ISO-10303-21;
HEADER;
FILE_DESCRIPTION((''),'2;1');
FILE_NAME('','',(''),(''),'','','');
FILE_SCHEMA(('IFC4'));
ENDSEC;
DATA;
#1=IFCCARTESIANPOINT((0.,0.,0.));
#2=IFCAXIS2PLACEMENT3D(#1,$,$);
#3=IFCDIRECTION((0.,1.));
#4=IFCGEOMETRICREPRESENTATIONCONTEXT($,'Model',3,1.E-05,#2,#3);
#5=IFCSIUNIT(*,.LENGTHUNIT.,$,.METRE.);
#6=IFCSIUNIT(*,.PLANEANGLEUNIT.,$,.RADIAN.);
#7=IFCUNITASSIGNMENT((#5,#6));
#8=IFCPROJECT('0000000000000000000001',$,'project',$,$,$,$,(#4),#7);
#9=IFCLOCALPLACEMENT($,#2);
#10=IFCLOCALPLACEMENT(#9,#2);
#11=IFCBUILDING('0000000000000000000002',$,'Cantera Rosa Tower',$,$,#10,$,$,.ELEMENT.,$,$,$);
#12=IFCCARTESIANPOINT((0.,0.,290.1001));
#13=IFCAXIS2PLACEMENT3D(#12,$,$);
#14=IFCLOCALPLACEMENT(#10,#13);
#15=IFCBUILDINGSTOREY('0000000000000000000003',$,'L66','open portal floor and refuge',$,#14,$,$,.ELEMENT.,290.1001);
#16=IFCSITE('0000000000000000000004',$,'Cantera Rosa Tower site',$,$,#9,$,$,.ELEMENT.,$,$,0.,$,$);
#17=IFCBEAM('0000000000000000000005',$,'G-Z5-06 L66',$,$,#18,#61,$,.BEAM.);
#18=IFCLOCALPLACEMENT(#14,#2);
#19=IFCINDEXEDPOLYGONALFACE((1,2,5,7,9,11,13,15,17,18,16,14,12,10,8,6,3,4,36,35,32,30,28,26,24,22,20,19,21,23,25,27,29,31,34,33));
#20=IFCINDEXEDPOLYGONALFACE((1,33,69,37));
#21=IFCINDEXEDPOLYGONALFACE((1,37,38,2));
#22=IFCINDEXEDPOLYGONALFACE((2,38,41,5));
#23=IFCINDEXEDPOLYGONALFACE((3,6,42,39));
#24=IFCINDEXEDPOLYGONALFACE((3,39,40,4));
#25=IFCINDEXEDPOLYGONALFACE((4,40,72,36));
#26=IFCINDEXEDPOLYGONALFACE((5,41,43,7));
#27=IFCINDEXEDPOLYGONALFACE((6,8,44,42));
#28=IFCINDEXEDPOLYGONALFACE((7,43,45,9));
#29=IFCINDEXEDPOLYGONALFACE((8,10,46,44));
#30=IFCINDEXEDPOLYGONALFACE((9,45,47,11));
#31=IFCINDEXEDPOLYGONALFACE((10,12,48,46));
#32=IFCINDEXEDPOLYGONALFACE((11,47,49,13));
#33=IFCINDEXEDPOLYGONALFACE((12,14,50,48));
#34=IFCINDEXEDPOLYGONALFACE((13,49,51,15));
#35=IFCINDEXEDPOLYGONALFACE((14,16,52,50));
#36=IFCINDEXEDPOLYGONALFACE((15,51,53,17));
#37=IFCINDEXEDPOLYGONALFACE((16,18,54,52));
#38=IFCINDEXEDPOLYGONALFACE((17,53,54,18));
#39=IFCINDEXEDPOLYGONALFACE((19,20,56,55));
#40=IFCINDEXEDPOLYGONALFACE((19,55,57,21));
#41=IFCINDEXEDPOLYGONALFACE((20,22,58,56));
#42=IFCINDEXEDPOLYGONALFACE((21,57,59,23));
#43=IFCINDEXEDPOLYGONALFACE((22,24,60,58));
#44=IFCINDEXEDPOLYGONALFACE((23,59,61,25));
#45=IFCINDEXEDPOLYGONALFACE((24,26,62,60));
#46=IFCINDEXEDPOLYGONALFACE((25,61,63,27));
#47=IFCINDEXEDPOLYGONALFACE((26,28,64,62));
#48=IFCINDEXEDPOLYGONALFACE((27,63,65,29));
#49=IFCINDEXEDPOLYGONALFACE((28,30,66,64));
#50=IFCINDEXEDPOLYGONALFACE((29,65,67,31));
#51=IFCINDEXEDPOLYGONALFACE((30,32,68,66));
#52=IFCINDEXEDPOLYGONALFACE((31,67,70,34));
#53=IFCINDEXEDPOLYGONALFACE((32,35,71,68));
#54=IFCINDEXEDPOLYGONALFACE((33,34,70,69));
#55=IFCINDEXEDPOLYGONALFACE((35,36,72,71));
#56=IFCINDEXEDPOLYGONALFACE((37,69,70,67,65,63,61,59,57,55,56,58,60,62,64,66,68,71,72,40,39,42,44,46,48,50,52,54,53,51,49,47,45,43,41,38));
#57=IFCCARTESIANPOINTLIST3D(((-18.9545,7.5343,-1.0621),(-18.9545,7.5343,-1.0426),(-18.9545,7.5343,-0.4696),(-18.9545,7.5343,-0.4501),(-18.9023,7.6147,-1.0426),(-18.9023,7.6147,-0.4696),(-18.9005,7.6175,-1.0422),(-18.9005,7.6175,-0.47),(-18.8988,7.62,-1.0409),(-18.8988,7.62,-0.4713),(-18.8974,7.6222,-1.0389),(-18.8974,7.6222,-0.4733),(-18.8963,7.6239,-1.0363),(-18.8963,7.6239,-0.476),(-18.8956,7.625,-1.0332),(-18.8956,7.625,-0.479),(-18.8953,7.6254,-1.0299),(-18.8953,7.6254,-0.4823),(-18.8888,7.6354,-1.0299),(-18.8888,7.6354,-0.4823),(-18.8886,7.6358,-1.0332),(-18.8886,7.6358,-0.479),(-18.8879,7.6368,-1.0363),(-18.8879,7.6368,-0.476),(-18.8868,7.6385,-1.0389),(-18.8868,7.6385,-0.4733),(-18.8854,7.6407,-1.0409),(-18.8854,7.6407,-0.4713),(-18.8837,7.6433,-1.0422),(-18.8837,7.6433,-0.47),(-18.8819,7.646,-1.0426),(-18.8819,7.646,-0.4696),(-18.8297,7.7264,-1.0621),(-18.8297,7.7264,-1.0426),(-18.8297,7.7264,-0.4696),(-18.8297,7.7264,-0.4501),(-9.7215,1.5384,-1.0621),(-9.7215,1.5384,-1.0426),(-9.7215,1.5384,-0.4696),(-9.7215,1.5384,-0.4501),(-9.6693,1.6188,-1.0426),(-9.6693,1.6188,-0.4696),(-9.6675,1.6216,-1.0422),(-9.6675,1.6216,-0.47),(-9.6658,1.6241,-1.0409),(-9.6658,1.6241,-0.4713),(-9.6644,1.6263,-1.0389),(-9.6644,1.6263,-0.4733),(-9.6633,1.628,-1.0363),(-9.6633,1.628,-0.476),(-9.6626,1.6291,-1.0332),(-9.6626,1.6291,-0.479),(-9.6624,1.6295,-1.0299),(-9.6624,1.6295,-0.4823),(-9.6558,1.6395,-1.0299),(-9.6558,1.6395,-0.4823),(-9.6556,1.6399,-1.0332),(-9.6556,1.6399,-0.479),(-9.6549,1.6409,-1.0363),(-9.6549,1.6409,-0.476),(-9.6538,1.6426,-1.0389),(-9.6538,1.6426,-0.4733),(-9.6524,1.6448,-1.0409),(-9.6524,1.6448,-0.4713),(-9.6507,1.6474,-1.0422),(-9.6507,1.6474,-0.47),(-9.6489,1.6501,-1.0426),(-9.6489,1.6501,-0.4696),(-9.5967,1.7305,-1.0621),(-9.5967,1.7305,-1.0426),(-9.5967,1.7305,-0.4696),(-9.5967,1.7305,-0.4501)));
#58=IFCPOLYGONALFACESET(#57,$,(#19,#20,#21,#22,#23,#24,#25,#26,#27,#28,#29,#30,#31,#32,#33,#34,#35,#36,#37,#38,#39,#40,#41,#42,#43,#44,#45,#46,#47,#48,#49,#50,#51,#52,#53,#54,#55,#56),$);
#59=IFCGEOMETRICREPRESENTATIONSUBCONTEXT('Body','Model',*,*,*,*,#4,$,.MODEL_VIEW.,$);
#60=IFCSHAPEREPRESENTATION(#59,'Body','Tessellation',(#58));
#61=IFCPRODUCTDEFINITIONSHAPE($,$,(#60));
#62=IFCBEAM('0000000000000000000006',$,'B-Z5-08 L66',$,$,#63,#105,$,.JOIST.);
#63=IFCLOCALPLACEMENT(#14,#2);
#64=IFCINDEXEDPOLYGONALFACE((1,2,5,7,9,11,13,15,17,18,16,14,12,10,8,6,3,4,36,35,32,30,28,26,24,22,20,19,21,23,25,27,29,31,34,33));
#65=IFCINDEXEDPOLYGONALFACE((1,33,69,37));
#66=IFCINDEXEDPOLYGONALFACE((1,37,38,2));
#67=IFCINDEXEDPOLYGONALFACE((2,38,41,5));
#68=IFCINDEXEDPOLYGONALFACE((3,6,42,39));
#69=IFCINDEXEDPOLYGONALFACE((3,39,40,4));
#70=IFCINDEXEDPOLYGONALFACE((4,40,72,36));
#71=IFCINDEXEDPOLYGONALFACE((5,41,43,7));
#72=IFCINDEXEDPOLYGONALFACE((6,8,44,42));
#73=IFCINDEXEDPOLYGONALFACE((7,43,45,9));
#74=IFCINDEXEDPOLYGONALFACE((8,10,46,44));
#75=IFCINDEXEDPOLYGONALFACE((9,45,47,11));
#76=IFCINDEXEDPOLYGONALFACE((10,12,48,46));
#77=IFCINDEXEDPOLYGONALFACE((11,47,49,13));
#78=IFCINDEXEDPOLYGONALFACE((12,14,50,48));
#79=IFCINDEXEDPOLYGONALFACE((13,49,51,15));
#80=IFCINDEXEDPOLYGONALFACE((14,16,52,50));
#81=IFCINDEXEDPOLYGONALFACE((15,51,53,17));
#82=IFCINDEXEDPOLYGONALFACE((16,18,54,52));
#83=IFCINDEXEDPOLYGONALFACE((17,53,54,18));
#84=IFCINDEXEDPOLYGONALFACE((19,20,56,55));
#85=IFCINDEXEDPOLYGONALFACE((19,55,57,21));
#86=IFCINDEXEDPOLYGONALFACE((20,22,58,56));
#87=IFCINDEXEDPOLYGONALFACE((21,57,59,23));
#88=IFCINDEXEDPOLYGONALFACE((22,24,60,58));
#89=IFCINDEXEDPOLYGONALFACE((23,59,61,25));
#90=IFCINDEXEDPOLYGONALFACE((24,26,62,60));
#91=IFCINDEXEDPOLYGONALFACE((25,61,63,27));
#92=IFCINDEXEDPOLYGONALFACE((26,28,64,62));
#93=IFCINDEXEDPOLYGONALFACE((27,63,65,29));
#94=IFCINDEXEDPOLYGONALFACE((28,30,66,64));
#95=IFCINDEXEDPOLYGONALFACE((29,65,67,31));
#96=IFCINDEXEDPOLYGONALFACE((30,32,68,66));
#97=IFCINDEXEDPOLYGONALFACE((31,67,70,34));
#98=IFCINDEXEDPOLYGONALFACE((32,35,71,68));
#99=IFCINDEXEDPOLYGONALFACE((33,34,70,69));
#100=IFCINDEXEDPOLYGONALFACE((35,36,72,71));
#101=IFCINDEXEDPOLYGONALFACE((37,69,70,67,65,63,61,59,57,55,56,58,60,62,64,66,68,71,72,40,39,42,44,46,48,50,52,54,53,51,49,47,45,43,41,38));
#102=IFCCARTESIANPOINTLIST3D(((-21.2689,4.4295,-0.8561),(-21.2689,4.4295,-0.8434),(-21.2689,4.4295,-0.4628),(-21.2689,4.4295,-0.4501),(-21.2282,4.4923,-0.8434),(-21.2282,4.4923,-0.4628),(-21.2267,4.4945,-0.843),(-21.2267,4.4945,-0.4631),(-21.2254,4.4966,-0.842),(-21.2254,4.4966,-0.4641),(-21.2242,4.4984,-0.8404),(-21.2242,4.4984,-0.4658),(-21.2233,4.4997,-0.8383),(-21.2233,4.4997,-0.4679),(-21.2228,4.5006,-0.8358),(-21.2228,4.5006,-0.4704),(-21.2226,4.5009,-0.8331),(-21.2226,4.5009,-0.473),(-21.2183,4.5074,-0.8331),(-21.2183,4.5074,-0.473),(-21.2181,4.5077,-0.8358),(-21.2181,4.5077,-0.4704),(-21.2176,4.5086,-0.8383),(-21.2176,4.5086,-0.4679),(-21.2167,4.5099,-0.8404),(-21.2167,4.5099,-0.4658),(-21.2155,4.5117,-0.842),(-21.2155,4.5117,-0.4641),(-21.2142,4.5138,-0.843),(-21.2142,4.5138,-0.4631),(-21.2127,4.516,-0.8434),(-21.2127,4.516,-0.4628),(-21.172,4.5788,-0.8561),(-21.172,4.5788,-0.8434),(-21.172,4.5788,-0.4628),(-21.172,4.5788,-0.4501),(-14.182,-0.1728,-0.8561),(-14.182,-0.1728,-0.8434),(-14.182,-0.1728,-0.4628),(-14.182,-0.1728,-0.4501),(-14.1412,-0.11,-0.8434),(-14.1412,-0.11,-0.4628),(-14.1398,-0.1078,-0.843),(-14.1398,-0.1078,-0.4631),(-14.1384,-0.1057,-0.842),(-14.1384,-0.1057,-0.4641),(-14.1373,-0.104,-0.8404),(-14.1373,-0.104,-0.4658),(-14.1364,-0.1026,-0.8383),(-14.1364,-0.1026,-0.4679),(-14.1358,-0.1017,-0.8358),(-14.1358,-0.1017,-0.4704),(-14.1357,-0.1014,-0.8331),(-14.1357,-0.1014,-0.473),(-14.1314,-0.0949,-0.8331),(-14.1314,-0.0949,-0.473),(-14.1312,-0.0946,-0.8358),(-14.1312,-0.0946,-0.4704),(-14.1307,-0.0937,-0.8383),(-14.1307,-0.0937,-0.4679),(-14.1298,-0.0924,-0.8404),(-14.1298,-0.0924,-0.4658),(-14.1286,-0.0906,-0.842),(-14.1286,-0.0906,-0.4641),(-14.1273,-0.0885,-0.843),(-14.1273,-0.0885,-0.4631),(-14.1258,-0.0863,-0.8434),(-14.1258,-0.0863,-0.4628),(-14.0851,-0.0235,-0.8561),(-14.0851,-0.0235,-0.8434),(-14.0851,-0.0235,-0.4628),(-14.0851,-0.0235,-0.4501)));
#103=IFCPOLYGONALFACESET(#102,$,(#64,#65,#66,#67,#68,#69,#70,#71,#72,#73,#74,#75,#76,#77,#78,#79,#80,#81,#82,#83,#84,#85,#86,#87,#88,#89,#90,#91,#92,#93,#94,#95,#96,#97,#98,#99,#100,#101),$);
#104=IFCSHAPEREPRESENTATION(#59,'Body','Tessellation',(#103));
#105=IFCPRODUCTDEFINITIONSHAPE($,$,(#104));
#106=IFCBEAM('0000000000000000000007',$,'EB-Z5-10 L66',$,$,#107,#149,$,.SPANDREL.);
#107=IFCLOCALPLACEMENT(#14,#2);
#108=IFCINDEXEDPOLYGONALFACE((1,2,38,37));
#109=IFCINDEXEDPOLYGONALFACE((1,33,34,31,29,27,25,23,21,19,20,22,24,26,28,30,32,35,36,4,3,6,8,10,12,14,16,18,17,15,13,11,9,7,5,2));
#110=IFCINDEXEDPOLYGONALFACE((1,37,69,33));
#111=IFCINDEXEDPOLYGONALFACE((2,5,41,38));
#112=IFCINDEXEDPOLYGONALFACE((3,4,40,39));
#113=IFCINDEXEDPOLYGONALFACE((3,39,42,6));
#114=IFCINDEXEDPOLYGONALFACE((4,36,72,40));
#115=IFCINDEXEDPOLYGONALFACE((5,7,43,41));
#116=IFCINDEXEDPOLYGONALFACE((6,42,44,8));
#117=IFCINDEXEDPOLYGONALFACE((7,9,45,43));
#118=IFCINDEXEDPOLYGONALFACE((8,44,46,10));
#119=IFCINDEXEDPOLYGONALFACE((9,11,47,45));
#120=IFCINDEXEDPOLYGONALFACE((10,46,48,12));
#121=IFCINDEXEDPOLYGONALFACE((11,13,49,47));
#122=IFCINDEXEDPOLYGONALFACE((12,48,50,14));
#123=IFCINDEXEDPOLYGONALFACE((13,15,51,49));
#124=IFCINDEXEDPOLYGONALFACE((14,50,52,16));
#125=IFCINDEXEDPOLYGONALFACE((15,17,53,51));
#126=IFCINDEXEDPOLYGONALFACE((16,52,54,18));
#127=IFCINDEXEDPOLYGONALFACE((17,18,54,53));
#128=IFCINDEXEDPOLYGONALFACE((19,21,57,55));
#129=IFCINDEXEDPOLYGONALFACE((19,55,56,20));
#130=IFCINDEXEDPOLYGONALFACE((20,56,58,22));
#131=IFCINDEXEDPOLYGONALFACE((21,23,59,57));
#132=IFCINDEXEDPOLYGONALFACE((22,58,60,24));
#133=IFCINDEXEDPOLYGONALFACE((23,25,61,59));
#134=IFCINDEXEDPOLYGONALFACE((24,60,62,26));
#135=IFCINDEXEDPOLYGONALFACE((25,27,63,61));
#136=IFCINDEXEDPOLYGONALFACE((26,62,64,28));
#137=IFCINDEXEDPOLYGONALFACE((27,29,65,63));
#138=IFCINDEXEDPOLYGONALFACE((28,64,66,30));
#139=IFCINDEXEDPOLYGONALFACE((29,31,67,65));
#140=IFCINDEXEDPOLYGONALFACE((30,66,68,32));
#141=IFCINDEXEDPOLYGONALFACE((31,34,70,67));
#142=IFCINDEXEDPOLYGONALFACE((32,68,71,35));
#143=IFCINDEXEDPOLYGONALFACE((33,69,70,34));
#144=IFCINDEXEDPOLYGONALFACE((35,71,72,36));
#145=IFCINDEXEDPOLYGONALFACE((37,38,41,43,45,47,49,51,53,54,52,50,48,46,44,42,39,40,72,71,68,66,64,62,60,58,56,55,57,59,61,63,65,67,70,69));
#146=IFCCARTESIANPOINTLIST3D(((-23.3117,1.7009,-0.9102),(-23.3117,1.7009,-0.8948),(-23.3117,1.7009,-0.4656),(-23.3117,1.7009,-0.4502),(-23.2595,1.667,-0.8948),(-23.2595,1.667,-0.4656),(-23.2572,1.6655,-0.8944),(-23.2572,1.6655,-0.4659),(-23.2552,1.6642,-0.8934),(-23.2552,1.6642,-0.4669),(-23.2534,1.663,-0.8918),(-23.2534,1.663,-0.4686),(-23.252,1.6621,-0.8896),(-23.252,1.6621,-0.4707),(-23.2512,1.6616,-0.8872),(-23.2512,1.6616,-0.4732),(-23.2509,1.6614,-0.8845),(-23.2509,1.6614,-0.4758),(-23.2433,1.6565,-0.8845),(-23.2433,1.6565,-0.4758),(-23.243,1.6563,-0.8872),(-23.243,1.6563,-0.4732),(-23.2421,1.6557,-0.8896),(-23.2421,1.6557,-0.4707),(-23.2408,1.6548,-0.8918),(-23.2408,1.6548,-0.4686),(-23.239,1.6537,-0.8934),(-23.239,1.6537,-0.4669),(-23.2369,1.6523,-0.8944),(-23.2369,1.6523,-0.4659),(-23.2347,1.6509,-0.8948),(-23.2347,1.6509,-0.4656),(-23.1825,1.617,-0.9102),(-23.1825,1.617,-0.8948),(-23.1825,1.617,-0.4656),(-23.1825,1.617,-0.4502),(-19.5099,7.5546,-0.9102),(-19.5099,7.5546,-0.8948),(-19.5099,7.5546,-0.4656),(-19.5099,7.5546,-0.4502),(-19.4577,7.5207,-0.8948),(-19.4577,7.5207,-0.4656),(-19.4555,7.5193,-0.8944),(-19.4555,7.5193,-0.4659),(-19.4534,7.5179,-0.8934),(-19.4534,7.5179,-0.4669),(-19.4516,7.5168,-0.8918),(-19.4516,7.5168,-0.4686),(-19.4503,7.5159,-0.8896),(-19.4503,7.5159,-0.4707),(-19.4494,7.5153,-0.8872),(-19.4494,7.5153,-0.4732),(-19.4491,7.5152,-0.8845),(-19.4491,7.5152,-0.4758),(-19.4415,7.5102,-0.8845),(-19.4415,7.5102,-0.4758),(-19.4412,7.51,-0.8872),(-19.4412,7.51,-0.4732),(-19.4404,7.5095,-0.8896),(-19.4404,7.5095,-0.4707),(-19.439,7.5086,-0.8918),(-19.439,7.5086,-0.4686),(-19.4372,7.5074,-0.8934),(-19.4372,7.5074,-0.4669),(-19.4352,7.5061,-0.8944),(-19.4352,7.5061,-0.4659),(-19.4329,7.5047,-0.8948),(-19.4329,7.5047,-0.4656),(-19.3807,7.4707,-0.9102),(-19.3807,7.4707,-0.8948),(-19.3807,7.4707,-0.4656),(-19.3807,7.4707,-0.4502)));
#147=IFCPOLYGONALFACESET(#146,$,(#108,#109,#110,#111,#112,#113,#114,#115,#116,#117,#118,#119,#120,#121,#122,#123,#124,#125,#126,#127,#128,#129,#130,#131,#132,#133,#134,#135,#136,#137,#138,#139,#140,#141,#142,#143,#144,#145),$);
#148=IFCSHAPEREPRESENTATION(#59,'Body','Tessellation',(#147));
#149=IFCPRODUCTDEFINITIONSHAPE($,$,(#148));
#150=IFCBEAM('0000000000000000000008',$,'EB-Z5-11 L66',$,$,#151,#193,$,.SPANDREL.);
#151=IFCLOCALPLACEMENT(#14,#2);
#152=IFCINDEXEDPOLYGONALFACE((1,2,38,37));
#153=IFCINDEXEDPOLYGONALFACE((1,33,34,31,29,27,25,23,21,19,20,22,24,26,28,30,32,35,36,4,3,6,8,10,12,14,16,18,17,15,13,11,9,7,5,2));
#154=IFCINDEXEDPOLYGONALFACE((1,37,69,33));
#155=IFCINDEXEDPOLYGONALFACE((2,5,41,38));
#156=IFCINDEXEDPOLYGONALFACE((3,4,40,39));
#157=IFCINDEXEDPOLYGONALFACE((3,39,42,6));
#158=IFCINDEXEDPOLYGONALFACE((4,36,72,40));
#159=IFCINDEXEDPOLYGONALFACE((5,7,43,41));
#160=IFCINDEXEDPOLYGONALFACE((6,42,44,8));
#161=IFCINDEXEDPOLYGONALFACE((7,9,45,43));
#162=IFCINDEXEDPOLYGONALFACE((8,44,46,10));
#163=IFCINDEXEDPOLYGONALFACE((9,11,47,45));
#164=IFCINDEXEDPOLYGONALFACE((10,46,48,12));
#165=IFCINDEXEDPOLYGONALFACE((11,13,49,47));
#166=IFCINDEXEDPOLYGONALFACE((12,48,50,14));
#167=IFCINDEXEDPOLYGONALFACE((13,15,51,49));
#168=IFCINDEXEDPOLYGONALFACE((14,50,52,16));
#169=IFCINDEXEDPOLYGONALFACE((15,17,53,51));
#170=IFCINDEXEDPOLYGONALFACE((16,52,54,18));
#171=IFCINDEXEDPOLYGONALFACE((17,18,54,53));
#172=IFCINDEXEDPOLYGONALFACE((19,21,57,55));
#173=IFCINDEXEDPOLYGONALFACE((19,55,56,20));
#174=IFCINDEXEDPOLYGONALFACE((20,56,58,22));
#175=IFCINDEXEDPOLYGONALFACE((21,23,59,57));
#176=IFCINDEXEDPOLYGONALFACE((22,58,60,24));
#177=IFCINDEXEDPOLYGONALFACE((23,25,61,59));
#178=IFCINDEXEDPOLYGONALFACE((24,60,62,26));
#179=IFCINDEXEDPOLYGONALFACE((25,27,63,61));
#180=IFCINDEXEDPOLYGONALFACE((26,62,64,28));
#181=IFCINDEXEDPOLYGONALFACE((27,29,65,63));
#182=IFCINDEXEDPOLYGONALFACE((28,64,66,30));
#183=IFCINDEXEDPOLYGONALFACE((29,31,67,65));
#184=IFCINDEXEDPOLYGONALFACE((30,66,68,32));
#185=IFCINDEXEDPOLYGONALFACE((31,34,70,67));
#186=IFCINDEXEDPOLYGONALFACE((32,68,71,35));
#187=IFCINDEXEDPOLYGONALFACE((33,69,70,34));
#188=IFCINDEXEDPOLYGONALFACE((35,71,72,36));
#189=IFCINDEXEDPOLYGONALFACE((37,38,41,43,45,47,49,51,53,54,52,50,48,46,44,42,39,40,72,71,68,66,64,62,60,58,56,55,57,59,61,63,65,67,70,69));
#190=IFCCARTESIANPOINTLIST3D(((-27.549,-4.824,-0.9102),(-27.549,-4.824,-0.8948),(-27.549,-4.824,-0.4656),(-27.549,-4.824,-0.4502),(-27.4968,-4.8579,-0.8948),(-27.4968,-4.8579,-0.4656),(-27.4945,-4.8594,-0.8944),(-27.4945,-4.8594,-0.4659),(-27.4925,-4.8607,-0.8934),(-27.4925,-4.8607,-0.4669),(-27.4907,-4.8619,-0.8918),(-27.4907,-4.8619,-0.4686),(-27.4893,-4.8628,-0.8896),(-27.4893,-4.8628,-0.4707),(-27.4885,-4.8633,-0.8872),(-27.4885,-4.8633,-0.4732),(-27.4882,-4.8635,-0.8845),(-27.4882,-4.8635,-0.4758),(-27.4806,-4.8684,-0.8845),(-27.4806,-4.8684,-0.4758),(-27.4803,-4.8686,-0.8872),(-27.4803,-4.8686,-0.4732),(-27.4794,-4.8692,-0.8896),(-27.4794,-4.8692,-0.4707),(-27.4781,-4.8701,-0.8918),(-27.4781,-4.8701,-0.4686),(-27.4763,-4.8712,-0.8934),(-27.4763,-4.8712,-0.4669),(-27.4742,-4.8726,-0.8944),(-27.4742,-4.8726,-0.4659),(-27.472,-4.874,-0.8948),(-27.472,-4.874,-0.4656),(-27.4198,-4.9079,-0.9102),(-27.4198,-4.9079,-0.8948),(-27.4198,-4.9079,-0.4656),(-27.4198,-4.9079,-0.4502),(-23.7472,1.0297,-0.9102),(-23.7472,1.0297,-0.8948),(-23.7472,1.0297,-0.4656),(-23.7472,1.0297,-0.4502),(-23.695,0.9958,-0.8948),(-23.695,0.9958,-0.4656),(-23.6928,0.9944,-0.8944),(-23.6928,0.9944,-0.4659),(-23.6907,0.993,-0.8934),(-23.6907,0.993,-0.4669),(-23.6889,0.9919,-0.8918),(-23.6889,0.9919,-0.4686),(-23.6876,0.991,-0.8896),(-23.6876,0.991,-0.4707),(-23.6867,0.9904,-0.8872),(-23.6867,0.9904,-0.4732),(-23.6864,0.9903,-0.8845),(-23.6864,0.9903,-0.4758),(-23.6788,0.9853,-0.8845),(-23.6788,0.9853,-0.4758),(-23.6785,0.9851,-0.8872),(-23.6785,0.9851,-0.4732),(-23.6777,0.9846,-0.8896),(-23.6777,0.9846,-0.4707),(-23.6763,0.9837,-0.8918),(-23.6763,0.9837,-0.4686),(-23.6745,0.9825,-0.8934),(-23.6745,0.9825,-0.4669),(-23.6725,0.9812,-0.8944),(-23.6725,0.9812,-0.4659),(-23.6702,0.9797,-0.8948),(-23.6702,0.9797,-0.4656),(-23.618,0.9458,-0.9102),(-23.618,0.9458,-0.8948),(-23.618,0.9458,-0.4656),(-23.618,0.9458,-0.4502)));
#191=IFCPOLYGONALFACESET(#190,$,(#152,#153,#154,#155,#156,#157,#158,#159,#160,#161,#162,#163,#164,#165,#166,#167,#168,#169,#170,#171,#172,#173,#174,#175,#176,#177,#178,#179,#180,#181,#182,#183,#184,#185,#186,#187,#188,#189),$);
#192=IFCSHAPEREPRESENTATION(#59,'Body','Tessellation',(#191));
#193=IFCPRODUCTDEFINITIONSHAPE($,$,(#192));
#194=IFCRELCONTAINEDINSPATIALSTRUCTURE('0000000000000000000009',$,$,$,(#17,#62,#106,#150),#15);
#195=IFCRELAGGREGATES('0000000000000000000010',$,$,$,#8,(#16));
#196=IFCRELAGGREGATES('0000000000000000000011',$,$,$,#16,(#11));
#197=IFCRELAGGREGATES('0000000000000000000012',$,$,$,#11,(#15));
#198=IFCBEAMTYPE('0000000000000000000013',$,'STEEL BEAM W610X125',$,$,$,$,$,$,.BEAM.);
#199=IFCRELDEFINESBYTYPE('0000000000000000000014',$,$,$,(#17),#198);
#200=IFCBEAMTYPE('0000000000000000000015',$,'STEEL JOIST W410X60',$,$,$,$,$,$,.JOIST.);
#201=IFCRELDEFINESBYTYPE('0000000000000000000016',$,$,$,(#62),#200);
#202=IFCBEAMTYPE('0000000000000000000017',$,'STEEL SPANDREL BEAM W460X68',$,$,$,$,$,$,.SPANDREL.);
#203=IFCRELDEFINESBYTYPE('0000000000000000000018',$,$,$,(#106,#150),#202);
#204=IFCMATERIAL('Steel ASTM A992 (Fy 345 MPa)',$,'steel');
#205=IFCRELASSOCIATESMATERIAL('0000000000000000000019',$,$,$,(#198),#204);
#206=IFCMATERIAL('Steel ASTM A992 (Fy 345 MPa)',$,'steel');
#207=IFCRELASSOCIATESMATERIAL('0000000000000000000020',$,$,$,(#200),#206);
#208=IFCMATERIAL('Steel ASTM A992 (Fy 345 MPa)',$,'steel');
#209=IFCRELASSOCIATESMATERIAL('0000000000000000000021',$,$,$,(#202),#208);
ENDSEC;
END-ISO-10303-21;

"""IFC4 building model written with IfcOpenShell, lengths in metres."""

from ifc_helpers import new_model, si_unit, direction, frame, origin, origin_2d, place, context, subcontext, project, spatial, i_section, extrude, material, material_profile, profile_set, type_object, element, save


model = new_model("IFC4")

# Units and contexts
model_context = context("Model", 3, precision=1e-05, world=origin(), true_north=direction((0.0, 1.0)))
body_context = subcontext(model_context, "Body", "Model", "MODEL_VIEW")
ifc_project = project(units=[si_unit("LENGTHUNIT", "METRE"), si_unit("PLANEANGLEUNIT", "RADIAN")], contexts=[model_context])

# Site, building, storey
site_placement = place(None, origin())
site = spatial("IfcSite", under=ifc_project, at=site_placement, Name="Cantera Rosa Tower site", CompositionType="ELEMENT", RefElevation=0.0)
building_placement = place(site_placement, origin())
building = spatial("IfcBuilding", under=site, at=building_placement, Name="Cantera Rosa Tower", CompositionType="ELEMENT")
storey_placement = place(building_placement, frame((0.0, 0.0, 290.1001)))
storey = spatial("IfcBuildingStorey", under=building, at=storey_placement, Name="L66", Description="open portal floor and refuge", CompositionType="ELEMENT", Elevation=290.1001)

# Beams
ifc_material_1 = material(Name="Steel ASTM A992 (Fy 345 MPa)", Category="steel")
ifc_material_profile_1 = material_profile(ifc_material_1, i_section(OverallWidth=0.229, OverallDepth=0.6121, WebThickness=0.012, FlangeThickness=0.0195, FilletRadius=0.0127, at=origin_2d()), Name="W610X125")
ifc_profile_set_1 = profile_set([ifc_material_profile_1], Name="Steel ASTM A992 (Fy 345 MPa)")
beam_type_1 = type_object("IfcBeamType", Name="STEEL BEAM W610X125", PredefinedType="BEAM", material=ifc_profile_set_1)
beam_1_placement = place(storey_placement, frame((-18.8921, 7.6304, -0.7561), z_axis=(0.838674, -0.544634, 0.0), x_axis=(0.544634, 0.838674, 0.0)))
element("IfcBeam", 1, at=beam_1_placement, inside=storey, type_object=beam_type_1, Name="G-Z5-06 L66", PredefinedType="BEAM", context=body_context, shape_type="SweptSolid", body=[
    extrude(i_section(OverallWidth=0.229, OverallDepth=0.6121, WebThickness=0.012, FlangeThickness=0.0195, FilletRadius=0.0127, at=origin_2d()), origin(), (0.0, 0.0, 1.0), 11.009),
])
ifc_material_2 = material(Name="Steel ASTM A992 (Fy 345 MPa)", Category="steel")
ifc_material_profile_2 = material_profile(ifc_material_2, i_section(OverallWidth=0.178, OverallDepth=0.406, WebThickness=0.0078, FlangeThickness=0.0127, FilletRadius=0.0103, at=origin_2d()), Name="W410X60")
ifc_profile_set_2 = profile_set([ifc_material_profile_2], Name="Steel ASTM A992 (Fy 345 MPa)")
beam_type_2 = type_object("IfcBeamType", Name="STEEL JOIST W410X60", PredefinedType="JOIST", material=ifc_profile_set_2)
beam_2_placement = place(storey_placement, frame((-21.2205, 4.5042, -0.6531), z_axis=(0.838671, -0.544639, 0.0), x_axis=(0.544639, 0.838671, 0.0)))
element("IfcBeam", 2, at=beam_2_placement, inside=storey, type_object=beam_type_2, Name="B-Z5-08 L66", PredefinedType="JOIST", context=body_context, shape_type="SweptSolid", body=[
    extrude(i_section(OverallWidth=0.178, OverallDepth=0.406, WebThickness=0.0078, FlangeThickness=0.0127, FilletRadius=0.0103, at=origin_2d()), origin(), (0.0, 0.0, 1.0), 8.4502),
])
ifc_material_3 = material(Name="Steel ASTM A992 (Fy 345 MPa)", Category="steel")
ifc_material_profile_3 = material_profile(ifc_material_3, i_section(OverallWidth=0.1541, OverallDepth=0.46, WebThickness=0.009, FlangeThickness=0.0154, FilletRadius=0.0103, at=origin_2d()), Name="W460X68")
ifc_profile_set_3 = profile_set([ifc_material_profile_3], Name="Steel ASTM A992 (Fy 345 MPa)")
beam_type_3 = type_object("IfcBeamType", Name="STEEL SPANDREL BEAM W460X68", PredefinedType="SPANDREL", material=ifc_profile_set_3)
for number, where, z_axis, x_axis, name in (
    (3, (-19.4453, 7.5127, -0.6802), (-0.544667, -0.838652, 0.0), (0.838652, -0.544667, 0.0), "EB-Z5-10 L66"),
    (4, (-23.6826, 0.9878, -0.6802), (-0.544667, -0.838652, 0.0), (0.838652, -0.544667, 0.0), "EB-Z5-11 L66"),
):
    element("IfcBeam", number, at=place(storey_placement, frame(where, z_axis=z_axis, x_axis=x_axis)), inside=storey, type_object=beam_type_3, Name=name, PredefinedType="SPANDREL", context=body_context, shape_type="SweptSolid", body=[
        extrude(i_section(OverallWidth=0.1541, OverallDepth=0.46, WebThickness=0.009, FlangeThickness=0.0154, FilletRadius=0.0103, at=origin_2d()), origin(), (0.0, 0.0, 1.0), 6.98),
    ])

save(model, "model.ifc")
